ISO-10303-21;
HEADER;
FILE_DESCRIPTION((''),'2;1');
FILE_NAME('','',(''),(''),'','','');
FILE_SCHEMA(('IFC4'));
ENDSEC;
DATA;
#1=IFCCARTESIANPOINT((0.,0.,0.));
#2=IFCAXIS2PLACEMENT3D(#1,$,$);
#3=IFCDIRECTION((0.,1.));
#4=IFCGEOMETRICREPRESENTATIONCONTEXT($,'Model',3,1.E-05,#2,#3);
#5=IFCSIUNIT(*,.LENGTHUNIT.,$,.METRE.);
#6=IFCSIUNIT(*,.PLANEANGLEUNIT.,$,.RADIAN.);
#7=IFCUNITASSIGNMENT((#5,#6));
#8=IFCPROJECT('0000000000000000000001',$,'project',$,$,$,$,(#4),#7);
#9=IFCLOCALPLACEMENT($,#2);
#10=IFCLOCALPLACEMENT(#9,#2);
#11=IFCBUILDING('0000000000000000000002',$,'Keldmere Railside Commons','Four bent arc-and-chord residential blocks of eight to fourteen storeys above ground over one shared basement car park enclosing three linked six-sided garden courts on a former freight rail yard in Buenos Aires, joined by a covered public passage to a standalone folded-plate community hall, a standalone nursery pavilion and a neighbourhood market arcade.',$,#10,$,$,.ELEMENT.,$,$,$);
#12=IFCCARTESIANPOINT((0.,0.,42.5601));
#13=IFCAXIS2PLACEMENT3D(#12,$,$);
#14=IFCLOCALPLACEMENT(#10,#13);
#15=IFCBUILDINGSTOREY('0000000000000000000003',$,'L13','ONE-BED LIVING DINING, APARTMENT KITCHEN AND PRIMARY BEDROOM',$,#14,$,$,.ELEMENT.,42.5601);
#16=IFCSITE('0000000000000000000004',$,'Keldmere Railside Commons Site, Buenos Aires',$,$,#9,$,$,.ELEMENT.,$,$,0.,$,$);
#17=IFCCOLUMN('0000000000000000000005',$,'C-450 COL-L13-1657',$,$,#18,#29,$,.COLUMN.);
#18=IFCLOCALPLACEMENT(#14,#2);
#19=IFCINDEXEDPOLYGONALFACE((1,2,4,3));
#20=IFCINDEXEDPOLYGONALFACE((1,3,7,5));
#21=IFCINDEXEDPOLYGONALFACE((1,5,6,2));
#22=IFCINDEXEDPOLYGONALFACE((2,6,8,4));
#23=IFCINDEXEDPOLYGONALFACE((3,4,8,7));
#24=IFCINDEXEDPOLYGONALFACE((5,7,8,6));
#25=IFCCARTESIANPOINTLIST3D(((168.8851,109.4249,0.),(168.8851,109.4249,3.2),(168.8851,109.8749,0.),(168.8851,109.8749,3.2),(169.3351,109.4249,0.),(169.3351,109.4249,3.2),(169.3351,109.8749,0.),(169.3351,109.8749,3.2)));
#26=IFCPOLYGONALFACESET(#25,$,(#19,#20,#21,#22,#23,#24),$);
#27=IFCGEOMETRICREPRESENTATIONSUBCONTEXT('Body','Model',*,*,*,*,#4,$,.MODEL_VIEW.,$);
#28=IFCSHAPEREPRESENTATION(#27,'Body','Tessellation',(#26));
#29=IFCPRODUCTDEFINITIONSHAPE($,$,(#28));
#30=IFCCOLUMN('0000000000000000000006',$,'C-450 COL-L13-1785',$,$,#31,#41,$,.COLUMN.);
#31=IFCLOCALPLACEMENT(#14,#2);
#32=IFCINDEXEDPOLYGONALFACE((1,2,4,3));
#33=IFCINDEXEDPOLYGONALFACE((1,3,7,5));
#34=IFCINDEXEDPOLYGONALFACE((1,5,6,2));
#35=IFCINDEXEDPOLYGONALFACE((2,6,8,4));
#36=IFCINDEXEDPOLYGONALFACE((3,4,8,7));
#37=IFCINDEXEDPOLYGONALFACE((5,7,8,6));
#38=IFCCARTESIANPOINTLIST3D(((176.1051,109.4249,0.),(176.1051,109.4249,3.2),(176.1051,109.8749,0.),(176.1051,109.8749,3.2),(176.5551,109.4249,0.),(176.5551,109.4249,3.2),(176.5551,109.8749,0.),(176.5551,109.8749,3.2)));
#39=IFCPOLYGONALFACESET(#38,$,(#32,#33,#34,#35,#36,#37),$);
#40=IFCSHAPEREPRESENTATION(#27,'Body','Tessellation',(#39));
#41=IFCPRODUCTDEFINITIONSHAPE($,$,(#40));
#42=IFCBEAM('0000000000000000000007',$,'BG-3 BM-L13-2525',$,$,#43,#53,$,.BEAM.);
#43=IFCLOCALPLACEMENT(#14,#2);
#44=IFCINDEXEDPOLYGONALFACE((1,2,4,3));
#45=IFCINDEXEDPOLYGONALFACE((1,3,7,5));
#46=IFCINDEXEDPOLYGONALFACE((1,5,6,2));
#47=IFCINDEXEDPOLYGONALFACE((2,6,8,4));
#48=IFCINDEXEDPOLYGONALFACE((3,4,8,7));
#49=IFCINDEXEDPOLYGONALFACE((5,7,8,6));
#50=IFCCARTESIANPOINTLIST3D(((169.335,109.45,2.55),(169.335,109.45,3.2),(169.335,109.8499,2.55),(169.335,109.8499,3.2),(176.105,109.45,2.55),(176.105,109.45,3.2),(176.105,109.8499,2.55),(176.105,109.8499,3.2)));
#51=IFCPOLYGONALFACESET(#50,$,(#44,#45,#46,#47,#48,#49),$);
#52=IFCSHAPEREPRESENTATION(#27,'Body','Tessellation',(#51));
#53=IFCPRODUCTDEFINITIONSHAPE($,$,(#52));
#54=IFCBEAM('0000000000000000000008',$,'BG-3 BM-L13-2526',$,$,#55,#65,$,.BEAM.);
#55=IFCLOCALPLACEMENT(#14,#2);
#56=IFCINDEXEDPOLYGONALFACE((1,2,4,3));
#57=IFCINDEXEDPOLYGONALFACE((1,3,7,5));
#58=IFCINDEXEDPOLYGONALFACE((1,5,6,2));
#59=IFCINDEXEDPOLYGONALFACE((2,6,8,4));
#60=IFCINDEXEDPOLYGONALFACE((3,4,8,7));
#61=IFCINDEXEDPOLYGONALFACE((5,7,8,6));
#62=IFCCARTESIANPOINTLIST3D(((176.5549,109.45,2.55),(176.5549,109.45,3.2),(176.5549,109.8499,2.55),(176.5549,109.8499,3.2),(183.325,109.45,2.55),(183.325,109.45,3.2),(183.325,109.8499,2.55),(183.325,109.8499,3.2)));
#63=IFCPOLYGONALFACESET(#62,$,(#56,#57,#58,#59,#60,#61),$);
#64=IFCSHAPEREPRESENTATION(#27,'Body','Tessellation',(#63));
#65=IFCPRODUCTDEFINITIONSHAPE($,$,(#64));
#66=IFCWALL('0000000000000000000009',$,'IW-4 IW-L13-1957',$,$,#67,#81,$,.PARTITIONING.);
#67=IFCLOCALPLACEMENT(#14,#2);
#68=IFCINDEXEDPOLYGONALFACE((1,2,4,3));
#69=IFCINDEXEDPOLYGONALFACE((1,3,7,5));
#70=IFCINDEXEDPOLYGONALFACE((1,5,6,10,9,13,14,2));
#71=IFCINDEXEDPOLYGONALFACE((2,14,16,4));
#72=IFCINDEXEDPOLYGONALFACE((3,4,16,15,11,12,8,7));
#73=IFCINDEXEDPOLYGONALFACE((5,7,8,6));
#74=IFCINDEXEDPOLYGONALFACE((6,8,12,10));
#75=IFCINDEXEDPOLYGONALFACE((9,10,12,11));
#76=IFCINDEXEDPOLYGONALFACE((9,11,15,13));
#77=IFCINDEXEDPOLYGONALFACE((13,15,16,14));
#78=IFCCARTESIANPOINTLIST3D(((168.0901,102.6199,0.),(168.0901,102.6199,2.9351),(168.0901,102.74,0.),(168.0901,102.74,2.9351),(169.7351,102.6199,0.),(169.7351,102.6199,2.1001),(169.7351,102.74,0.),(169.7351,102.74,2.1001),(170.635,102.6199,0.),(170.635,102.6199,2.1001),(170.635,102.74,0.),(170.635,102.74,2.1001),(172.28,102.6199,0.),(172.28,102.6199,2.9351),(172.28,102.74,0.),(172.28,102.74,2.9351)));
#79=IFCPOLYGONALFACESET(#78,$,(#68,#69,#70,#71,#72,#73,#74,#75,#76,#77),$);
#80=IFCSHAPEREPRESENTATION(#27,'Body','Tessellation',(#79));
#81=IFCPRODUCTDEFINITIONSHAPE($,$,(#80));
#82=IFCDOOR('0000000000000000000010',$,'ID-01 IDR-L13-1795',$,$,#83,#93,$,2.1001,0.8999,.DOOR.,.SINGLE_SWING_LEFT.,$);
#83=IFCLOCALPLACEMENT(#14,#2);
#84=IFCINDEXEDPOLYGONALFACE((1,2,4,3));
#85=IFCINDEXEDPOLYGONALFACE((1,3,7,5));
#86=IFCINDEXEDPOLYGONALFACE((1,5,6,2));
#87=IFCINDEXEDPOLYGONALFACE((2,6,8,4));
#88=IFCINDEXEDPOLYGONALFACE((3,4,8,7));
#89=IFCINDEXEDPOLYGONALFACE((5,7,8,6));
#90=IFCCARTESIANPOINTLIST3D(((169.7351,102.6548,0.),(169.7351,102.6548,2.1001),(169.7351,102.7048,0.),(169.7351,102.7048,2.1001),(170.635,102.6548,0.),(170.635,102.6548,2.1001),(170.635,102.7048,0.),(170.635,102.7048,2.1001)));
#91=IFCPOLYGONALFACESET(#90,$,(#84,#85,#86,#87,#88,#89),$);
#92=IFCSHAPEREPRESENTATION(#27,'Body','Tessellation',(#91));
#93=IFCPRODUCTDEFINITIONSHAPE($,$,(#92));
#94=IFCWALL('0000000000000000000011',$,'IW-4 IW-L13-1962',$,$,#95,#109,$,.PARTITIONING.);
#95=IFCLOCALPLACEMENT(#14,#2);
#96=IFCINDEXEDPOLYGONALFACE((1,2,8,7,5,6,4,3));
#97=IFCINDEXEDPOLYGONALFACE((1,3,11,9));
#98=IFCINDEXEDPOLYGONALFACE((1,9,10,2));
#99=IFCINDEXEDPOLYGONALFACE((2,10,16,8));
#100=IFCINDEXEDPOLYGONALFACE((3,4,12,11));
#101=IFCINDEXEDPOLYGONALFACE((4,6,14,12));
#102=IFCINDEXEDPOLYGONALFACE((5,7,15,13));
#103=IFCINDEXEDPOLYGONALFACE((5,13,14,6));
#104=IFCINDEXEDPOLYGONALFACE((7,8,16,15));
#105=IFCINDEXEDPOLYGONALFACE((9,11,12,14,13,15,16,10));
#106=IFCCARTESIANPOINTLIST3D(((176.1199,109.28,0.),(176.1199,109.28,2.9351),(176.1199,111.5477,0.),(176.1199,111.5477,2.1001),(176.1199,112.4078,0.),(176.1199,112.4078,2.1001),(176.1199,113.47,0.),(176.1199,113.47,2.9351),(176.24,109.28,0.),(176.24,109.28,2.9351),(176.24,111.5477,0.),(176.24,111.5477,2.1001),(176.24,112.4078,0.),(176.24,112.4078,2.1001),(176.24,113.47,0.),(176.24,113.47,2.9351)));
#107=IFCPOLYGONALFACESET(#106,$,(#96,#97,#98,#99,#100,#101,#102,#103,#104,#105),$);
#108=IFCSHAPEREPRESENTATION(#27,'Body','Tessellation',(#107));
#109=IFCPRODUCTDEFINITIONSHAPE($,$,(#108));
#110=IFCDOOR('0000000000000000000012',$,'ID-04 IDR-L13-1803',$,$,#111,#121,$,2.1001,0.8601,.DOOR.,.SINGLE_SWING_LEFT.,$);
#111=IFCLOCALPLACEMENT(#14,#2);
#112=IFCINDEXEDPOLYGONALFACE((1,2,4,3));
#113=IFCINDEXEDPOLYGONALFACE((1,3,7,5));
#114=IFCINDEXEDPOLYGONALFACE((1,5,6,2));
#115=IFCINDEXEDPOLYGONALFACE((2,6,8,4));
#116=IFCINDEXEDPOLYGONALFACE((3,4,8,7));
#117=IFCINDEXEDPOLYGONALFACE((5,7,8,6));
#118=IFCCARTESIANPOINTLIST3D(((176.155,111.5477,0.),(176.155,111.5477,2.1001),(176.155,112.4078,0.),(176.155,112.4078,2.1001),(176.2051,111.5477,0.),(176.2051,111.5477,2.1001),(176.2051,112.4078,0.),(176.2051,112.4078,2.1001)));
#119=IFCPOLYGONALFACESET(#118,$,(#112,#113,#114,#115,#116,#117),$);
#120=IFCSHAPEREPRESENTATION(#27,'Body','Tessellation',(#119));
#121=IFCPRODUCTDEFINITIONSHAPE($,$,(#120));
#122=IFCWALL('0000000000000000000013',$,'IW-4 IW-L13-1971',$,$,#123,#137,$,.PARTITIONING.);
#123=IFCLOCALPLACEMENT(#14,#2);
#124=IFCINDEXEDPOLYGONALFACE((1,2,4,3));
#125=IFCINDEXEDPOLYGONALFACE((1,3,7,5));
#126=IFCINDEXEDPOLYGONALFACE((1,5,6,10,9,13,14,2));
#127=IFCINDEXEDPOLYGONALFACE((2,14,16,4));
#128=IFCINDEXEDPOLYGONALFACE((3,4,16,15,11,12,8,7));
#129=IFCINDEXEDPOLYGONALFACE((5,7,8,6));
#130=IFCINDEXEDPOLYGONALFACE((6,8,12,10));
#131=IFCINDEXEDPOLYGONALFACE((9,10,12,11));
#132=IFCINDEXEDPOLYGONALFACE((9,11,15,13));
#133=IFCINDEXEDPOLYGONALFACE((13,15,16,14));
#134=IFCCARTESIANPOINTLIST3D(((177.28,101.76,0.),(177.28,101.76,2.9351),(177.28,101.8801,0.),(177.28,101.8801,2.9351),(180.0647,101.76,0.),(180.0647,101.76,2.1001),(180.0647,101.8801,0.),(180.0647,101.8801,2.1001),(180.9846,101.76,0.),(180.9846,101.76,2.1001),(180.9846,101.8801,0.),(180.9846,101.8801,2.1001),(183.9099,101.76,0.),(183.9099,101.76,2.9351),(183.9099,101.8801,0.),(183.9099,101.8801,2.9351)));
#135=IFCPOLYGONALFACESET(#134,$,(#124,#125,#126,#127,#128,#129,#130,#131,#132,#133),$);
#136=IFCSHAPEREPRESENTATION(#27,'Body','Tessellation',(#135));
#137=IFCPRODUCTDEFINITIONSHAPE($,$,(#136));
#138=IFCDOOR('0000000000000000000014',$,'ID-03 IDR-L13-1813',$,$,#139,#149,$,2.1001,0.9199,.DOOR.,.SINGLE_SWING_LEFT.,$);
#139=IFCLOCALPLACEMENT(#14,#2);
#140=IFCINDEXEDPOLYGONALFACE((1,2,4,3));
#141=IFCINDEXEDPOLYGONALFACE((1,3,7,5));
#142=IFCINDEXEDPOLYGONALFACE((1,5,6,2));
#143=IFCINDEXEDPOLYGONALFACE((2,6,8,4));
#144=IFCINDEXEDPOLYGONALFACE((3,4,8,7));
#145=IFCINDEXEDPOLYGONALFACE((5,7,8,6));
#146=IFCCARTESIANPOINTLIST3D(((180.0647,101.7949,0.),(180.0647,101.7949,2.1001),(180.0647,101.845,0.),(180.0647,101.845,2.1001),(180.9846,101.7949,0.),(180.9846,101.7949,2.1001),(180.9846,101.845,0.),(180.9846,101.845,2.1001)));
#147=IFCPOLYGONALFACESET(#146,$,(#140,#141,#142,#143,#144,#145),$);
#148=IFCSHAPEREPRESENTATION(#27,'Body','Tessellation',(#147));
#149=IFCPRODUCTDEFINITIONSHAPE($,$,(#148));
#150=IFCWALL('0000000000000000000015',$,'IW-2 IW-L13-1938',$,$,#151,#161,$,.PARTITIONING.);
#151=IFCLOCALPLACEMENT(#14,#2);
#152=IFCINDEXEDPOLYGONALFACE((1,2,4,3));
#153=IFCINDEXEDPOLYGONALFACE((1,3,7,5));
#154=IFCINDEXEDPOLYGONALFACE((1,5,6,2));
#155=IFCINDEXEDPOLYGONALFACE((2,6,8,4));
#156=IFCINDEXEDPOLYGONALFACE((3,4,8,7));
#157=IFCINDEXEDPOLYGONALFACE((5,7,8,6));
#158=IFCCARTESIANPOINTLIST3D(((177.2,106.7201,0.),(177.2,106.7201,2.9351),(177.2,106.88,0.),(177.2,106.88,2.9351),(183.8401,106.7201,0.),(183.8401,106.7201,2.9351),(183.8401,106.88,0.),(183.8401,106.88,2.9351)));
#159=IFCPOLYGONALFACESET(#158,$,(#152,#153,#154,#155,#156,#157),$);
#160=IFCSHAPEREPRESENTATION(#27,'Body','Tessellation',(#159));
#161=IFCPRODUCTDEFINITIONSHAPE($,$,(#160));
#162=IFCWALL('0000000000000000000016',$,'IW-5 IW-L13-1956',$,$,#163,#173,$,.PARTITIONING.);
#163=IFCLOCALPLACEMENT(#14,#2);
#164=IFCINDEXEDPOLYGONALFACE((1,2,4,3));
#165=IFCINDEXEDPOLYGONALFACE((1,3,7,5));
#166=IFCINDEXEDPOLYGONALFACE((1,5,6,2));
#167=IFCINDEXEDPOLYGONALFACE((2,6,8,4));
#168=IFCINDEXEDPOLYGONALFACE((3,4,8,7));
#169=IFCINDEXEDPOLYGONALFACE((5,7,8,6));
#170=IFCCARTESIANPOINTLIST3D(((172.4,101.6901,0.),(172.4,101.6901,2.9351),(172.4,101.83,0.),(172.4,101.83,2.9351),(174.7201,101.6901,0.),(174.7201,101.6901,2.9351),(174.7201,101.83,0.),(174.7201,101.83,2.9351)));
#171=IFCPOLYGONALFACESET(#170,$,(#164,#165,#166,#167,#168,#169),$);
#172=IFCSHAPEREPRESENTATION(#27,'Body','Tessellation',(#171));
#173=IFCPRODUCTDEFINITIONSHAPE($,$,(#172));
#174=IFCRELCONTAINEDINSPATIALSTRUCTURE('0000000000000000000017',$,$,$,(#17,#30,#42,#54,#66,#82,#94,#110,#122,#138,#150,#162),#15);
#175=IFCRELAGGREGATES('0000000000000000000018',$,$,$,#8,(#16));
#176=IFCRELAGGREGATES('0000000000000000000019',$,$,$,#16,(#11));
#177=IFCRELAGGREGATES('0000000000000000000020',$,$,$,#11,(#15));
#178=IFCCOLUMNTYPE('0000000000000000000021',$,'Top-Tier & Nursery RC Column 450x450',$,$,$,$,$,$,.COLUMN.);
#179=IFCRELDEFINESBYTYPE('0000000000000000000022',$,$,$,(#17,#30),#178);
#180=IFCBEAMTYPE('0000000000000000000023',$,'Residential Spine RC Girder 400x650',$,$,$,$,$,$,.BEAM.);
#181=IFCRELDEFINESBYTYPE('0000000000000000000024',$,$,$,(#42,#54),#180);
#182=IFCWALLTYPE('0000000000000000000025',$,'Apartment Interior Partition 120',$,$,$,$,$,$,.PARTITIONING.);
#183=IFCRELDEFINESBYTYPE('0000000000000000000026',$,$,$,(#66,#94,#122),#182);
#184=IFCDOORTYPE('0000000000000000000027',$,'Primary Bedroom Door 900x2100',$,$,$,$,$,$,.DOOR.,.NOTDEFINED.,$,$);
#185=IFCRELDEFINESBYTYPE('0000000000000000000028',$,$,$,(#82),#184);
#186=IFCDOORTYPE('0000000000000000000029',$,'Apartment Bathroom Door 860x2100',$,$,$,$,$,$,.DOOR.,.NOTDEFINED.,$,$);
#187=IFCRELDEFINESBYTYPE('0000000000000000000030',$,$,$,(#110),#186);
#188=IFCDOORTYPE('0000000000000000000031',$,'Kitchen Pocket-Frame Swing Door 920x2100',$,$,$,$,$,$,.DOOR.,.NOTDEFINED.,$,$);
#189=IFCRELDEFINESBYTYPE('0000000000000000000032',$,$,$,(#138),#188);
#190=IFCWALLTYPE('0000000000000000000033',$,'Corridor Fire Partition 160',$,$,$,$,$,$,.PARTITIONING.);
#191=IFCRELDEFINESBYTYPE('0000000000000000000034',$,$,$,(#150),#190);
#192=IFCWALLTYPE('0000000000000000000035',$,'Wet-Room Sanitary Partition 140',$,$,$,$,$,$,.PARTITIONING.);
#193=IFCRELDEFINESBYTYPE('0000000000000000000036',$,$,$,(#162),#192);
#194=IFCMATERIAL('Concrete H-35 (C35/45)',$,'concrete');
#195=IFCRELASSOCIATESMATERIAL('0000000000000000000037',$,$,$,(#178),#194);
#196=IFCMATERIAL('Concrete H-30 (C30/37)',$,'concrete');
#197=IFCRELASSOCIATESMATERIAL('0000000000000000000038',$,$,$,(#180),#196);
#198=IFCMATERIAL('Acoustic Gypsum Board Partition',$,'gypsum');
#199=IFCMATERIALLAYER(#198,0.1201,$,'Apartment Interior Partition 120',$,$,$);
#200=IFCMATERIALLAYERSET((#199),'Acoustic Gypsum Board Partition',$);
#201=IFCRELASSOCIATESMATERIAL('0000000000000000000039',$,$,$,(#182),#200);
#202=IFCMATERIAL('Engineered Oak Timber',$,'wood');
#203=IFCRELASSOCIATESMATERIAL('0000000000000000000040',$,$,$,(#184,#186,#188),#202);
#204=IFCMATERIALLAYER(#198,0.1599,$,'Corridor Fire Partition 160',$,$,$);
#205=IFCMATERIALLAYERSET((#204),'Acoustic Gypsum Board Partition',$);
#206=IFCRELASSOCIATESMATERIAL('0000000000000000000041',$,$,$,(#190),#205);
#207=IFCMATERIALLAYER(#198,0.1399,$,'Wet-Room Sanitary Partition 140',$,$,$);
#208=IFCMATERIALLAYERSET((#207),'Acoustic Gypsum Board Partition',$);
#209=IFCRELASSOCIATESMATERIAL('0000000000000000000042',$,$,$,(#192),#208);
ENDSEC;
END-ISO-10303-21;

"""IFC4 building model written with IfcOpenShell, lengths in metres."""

from ifc_helpers import new_model, si_unit, direction, frame, frame_2d, origin, origin_2d, place, context, subcontext, project, spatial, rectangle, extrude, material, layer, layer_set, material_profile, profile_set, type_object, element, fill, save


model = new_model("IFC4")

# Units and contexts
model_context = context("Model", 3, precision=1e-05, world=origin(), true_north=direction((0.0, 1.0)))
body_context = subcontext(model_context, "Body", "Model", "MODEL_VIEW")
ifc_project = project(units=[si_unit("LENGTHUNIT", "METRE"), si_unit("PLANEANGLEUNIT", "RADIAN")], contexts=[model_context])

# Site, building, storey
site_placement = place(None, origin())
site = spatial("IfcSite", under=ifc_project, at=site_placement, Name="Keldmere Railside Commons Site, Buenos Aires", CompositionType="ELEMENT", RefElevation=0.0)
building_placement = place(site_placement, origin())
building = spatial("IfcBuilding", under=site, at=building_placement, Name="Keldmere Railside Commons", Description="Four bent arc-and-chord residential blocks of eight to fourteen storeys above ground over one shared basement car park enclosing three linked six-sided garden courts on a former freight rail yard in Buenos Aires, joined by a covered public passage to a standalone folded-plate community hall, a standalone nursery pavilion and a neighbourhood market arcade.", CompositionType="ELEMENT")
storey_placement = place(building_placement, frame((0.0, 0.0, 42.5601)))
storey = spatial("IfcBuildingStorey", under=building, at=storey_placement, Name="L13", Description="ONE-BED LIVING DINING, APARTMENT KITCHEN AND PRIMARY BEDROOM", CompositionType="ELEMENT", Elevation=42.5601)

# Columns
ifc_material_1 = material(Name="Concrete H-35 (C35/45)", Category="concrete")
ifc_material_profile_1 = material_profile(ifc_material_1, rectangle(XDim=0.45, YDim=0.45, at=origin_2d()), Name="RC-450x450")
ifc_profile_set_1 = profile_set([ifc_material_profile_1], Name="Concrete H-35 (C35/45)")
column_type = type_object("IfcColumnType", Name="Top-Tier & Nursery RC Column 450x450", PredefinedType="COLUMN", material=ifc_profile_set_1)
for number, where, z_axis, x_axis, name in (
    (1, (169.1101, 109.6499, 0.0), (0.0, 0.0, 1.0), (1.0, 0.0, 0.0), "C-450 COL-L13-1657"),
    (2, (176.3301, 109.6499, 0.0), (0.0, 0.0, 1.0), (1.0, 0.0, 0.0), "C-450 COL-L13-1785"),
):
    element("IfcColumn", number, at=place(storey_placement, frame(where, z_axis=z_axis, x_axis=x_axis)), inside=storey, type_object=column_type, Name=name, PredefinedType="COLUMN", context=body_context, shape_type="SweptSolid", body=[
        extrude(rectangle(XDim=0.45, YDim=0.45, at=origin_2d()), origin(), (0.0, 0.0, 1.0), 3.2),
    ])

# Beams
ifc_material_2 = material(Name="Concrete H-30 (C30/37)", Category="concrete")
ifc_material_profile_2 = material_profile(ifc_material_2, rectangle(XDim=0.3999, YDim=0.6499, at=origin_2d()), Name="RC-400x650")
ifc_profile_set_2 = profile_set([ifc_material_profile_2], Name="Concrete H-30 (C30/37)")
beam_type = type_object("IfcBeamType", Name="Residential Spine RC Girder 400x650", PredefinedType="BEAM", material=ifc_profile_set_2)
for number, where, z_axis, x_axis, name in (
    (3, (169.335, 109.6499, 2.875), (1.0, 0.0, 0.0), (0.0, 1.0, 0.0), "BG-3 BM-L13-2525"),
    (4, (176.5549, 109.6499, 2.875), (1.0, 0.0, 0.0), (0.0, 1.0, 0.0), "BG-3 BM-L13-2526"),
):
    element("IfcBeam", number, at=place(storey_placement, frame(where, z_axis=z_axis, x_axis=x_axis)), inside=storey, type_object=beam_type, Name=name, PredefinedType="BEAM", context=body_context, shape_type="SweptSolid", body=[
        extrude(rectangle(XDim=0.3999, YDim=0.6499, at=origin_2d()), origin(), (0.0, 0.0, 1.0), 6.77),
    ])

# Walls, openings, doors
ifc_material_3 = material(Name="Acoustic Gypsum Board Partition", Category="gypsum")
ifc_layer_1 = layer(ifc_material_3, 0.1201, Name="Apartment Interior Partition 120")
ifc_layer_set_1 = layer_set([ifc_layer_1], Name="Acoustic Gypsum Board Partition")
wall_type_1 = type_object("IfcWallType", Name="Apartment Interior Partition 120", PredefinedType="PARTITIONING", material=ifc_layer_set_1)
wall_1_placement = place(storey_placement, frame((168.0901, 102.6799, 0.0), z_axis=(0.0, 0.0, 1.0), x_axis=(1.0, 0.0, 0.0)))
wall_1 = element("IfcWall", 5, at=wall_1_placement, inside=storey, type_object=wall_type_1, Name="IW-4 IW-L13-1957", PredefinedType="PARTITIONING", context=body_context, shape_type="SweptSolid", body=[
    extrude(rectangle(XDim=4.1899, YDim=0.1201, at=frame_2d((2.095, 0.0))), origin(), (0.0, 0.0, 1.0), 2.9351),
])
opening_1_placement = place(wall_1_placement, frame((1.645, 0.0, 0.0)))
opening_1 = element("IfcOpeningElement", 6, at=opening_1_placement, cuts=wall_1, PredefinedType="OPENING", context=body_context, shape_type="SweptSolid", body=[
    extrude(rectangle(XDim=0.8999, YDim=2.1001, at=frame_2d((0.45, 1.05))), frame((0.0, 0.0701, 0.0), z_axis=(0.0, -1.0, 0.0), x_axis=(1.0, 0.0, 0.0)), (0.0, 0.0, 1.0), 0.1401),
])
ifc_material_4 = material(Name="Engineered Oak Timber", Category="wood")
door_type_1 = type_object("IfcDoorType", Name="Primary Bedroom Door 900x2100", OperationType="NOTDEFINED", PredefinedType="DOOR", material=ifc_material_4)
door_1_placement = place(opening_1_placement, origin())
door_1 = element("IfcDoor", 7, at=door_1_placement, inside=storey, type_object=door_type_1, Name="ID-01 IDR-L13-1795", OperationType="SINGLE_SWING_LEFT", OverallHeight=2.1001, OverallWidth=0.8999, PredefinedType="DOOR", context=body_context, shape_type="SweptSolid", body=[
    extrude(rectangle(XDim=0.8999, YDim=2.1001, at=frame_2d((0.45, 1.05))), frame((0.0, 0.0249, 0.0), z_axis=(0.0, -1.0, 0.0), x_axis=(1.0, 0.0, 0.0)), (0.0, 0.0, 1.0), 0.05),
])
fill(opening_1, door_1)
wall_2_placement = place(storey_placement, frame((176.1799, 109.28, 0.0), z_axis=(0.0, 0.0, 1.0), x_axis=(0.0, 1.0, 0.0)))
wall_2 = element("IfcWall", 8, at=wall_2_placement, inside=storey, type_object=wall_type_1, Name="IW-4 IW-L13-1962", PredefinedType="PARTITIONING", context=body_context, shape_type="SweptSolid", body=[
    extrude(rectangle(XDim=4.1899, YDim=0.1201, at=frame_2d((2.095, 0.0))), origin(), (0.0, 0.0, 1.0), 2.9351),
])
opening_2_placement = place(wall_2_placement, frame((2.2676, 0.0, 0.0)))
opening_2 = element("IfcOpeningElement", 9, at=opening_2_placement, cuts=wall_2, PredefinedType="OPENING", context=body_context, shape_type="SweptSolid", body=[
    extrude(rectangle(XDim=0.8601, YDim=2.1001, at=frame_2d((0.4302, 1.05))), frame((0.0, 0.0701, 0.0), z_axis=(0.0, -1.0, 0.0), x_axis=(1.0, 0.0, 0.0)), (0.0, 0.0, 1.0), 0.1401),
])
door_type_2 = type_object("IfcDoorType", Name="Apartment Bathroom Door 860x2100", OperationType="NOTDEFINED", PredefinedType="DOOR", material=ifc_material_4)
door_2_placement = place(opening_2_placement, origin())
door_2 = element("IfcDoor", 10, at=door_2_placement, inside=storey, type_object=door_type_2, Name="ID-04 IDR-L13-1803", OperationType="SINGLE_SWING_LEFT", OverallHeight=2.1001, OverallWidth=0.8601, PredefinedType="DOOR", context=body_context, shape_type="SweptSolid", body=[
    extrude(rectangle(XDim=0.8601, YDim=2.1001, at=frame_2d((0.4302, 1.05))), frame((0.0, 0.0249, 0.0), z_axis=(0.0, -1.0, 0.0), x_axis=(1.0, 0.0, 0.0)), (0.0, 0.0, 1.0), 0.05),
])
fill(opening_2, door_2)
wall_3_placement = place(storey_placement, frame((177.28, 101.8201, 0.0), z_axis=(0.0, 0.0, 1.0), x_axis=(1.0, 0.0, 0.0)))
wall_3 = element("IfcWall", 11, at=wall_3_placement, inside=storey, type_object=wall_type_1, Name="IW-4 IW-L13-1971", PredefinedType="PARTITIONING", context=body_context, shape_type="SweptSolid", body=[
    extrude(rectangle(XDim=6.6299, YDim=0.1201, at=frame_2d((3.3149, 0.0))), origin(), (0.0, 0.0, 1.0), 2.9351),
])
opening_3_placement = place(wall_3_placement, frame((2.7847, 0.0, 0.0)))
opening_3 = element("IfcOpeningElement", 12, at=opening_3_placement, cuts=wall_3, PredefinedType="OPENING", context=body_context, shape_type="SweptSolid", body=[
    extrude(rectangle(XDim=0.9199, YDim=2.1001, at=frame_2d((0.46, 1.05))), frame((0.0, 0.0701, 0.0), z_axis=(0.0, -1.0, 0.0), x_axis=(1.0, 0.0, 0.0)), (0.0, 0.0, 1.0), 0.1401),
])
door_type_3 = type_object("IfcDoorType", Name="Kitchen Pocket-Frame Swing Door 920x2100", OperationType="NOTDEFINED", PredefinedType="DOOR", material=ifc_material_4)
door_3_placement = place(opening_3_placement, origin())
door_3 = element("IfcDoor", 13, at=door_3_placement, inside=storey, type_object=door_type_3, Name="ID-03 IDR-L13-1813", OperationType="SINGLE_SWING_LEFT", OverallHeight=2.1001, OverallWidth=0.9199, PredefinedType="DOOR", context=body_context, shape_type="SweptSolid", body=[
    extrude(rectangle(XDim=0.9199, YDim=2.1001, at=frame_2d((0.46, 1.05))), frame((0.0, 0.0249, 0.0), z_axis=(0.0, -1.0, 0.0), x_axis=(1.0, 0.0, 0.0)), (0.0, 0.0, 1.0), 0.05),
])
fill(opening_3, door_3)

# Walls
ifc_layer_2 = layer(ifc_material_3, 0.1599, Name="Corridor Fire Partition 160")
ifc_layer_set_2 = layer_set([ifc_layer_2], Name="Acoustic Gypsum Board Partition")
wall_type_2 = type_object("IfcWallType", Name="Corridor Fire Partition 160", PredefinedType="PARTITIONING", material=ifc_layer_set_2)
wall_4_placement = place(storey_placement, frame((177.2, 106.8, 0.0), z_axis=(0.0, 0.0, 1.0), x_axis=(1.0, 0.0, 0.0)))
element("IfcWall", 14, at=wall_4_placement, inside=storey, type_object=wall_type_2, Name="IW-2 IW-L13-1938", PredefinedType="PARTITIONING", context=body_context, shape_type="SweptSolid", body=[
    extrude(rectangle(XDim=6.6401, YDim=0.1599, at=frame_2d((3.3201, 0.0))), origin(), (0.0, 0.0, 1.0), 2.9351),
])
ifc_layer_3 = layer(ifc_material_3, 0.1399, Name="Wet-Room Sanitary Partition 140")
ifc_layer_set_3 = layer_set([ifc_layer_3], Name="Acoustic Gypsum Board Partition")
wall_type_3 = type_object("IfcWallType", Name="Wet-Room Sanitary Partition 140", PredefinedType="PARTITIONING", material=ifc_layer_set_3)
wall_5_placement = place(storey_placement, frame((172.3999, 101.76, 0.0), z_axis=(0.0, 0.0, 1.0), x_axis=(1.0, 0.0, 0.0)))
element("IfcWall", 15, at=wall_5_placement, inside=storey, type_object=wall_type_3, Name="IW-5 IW-L13-1956", PredefinedType="PARTITIONING", context=body_context, shape_type="SweptSolid", body=[
    extrude(rectangle(XDim=2.3201, YDim=0.1399, at=frame_2d((1.1602, 0.0))), origin(), (0.0, 0.0, 1.0), 2.9351),
])

save(model, "model.ifc")
